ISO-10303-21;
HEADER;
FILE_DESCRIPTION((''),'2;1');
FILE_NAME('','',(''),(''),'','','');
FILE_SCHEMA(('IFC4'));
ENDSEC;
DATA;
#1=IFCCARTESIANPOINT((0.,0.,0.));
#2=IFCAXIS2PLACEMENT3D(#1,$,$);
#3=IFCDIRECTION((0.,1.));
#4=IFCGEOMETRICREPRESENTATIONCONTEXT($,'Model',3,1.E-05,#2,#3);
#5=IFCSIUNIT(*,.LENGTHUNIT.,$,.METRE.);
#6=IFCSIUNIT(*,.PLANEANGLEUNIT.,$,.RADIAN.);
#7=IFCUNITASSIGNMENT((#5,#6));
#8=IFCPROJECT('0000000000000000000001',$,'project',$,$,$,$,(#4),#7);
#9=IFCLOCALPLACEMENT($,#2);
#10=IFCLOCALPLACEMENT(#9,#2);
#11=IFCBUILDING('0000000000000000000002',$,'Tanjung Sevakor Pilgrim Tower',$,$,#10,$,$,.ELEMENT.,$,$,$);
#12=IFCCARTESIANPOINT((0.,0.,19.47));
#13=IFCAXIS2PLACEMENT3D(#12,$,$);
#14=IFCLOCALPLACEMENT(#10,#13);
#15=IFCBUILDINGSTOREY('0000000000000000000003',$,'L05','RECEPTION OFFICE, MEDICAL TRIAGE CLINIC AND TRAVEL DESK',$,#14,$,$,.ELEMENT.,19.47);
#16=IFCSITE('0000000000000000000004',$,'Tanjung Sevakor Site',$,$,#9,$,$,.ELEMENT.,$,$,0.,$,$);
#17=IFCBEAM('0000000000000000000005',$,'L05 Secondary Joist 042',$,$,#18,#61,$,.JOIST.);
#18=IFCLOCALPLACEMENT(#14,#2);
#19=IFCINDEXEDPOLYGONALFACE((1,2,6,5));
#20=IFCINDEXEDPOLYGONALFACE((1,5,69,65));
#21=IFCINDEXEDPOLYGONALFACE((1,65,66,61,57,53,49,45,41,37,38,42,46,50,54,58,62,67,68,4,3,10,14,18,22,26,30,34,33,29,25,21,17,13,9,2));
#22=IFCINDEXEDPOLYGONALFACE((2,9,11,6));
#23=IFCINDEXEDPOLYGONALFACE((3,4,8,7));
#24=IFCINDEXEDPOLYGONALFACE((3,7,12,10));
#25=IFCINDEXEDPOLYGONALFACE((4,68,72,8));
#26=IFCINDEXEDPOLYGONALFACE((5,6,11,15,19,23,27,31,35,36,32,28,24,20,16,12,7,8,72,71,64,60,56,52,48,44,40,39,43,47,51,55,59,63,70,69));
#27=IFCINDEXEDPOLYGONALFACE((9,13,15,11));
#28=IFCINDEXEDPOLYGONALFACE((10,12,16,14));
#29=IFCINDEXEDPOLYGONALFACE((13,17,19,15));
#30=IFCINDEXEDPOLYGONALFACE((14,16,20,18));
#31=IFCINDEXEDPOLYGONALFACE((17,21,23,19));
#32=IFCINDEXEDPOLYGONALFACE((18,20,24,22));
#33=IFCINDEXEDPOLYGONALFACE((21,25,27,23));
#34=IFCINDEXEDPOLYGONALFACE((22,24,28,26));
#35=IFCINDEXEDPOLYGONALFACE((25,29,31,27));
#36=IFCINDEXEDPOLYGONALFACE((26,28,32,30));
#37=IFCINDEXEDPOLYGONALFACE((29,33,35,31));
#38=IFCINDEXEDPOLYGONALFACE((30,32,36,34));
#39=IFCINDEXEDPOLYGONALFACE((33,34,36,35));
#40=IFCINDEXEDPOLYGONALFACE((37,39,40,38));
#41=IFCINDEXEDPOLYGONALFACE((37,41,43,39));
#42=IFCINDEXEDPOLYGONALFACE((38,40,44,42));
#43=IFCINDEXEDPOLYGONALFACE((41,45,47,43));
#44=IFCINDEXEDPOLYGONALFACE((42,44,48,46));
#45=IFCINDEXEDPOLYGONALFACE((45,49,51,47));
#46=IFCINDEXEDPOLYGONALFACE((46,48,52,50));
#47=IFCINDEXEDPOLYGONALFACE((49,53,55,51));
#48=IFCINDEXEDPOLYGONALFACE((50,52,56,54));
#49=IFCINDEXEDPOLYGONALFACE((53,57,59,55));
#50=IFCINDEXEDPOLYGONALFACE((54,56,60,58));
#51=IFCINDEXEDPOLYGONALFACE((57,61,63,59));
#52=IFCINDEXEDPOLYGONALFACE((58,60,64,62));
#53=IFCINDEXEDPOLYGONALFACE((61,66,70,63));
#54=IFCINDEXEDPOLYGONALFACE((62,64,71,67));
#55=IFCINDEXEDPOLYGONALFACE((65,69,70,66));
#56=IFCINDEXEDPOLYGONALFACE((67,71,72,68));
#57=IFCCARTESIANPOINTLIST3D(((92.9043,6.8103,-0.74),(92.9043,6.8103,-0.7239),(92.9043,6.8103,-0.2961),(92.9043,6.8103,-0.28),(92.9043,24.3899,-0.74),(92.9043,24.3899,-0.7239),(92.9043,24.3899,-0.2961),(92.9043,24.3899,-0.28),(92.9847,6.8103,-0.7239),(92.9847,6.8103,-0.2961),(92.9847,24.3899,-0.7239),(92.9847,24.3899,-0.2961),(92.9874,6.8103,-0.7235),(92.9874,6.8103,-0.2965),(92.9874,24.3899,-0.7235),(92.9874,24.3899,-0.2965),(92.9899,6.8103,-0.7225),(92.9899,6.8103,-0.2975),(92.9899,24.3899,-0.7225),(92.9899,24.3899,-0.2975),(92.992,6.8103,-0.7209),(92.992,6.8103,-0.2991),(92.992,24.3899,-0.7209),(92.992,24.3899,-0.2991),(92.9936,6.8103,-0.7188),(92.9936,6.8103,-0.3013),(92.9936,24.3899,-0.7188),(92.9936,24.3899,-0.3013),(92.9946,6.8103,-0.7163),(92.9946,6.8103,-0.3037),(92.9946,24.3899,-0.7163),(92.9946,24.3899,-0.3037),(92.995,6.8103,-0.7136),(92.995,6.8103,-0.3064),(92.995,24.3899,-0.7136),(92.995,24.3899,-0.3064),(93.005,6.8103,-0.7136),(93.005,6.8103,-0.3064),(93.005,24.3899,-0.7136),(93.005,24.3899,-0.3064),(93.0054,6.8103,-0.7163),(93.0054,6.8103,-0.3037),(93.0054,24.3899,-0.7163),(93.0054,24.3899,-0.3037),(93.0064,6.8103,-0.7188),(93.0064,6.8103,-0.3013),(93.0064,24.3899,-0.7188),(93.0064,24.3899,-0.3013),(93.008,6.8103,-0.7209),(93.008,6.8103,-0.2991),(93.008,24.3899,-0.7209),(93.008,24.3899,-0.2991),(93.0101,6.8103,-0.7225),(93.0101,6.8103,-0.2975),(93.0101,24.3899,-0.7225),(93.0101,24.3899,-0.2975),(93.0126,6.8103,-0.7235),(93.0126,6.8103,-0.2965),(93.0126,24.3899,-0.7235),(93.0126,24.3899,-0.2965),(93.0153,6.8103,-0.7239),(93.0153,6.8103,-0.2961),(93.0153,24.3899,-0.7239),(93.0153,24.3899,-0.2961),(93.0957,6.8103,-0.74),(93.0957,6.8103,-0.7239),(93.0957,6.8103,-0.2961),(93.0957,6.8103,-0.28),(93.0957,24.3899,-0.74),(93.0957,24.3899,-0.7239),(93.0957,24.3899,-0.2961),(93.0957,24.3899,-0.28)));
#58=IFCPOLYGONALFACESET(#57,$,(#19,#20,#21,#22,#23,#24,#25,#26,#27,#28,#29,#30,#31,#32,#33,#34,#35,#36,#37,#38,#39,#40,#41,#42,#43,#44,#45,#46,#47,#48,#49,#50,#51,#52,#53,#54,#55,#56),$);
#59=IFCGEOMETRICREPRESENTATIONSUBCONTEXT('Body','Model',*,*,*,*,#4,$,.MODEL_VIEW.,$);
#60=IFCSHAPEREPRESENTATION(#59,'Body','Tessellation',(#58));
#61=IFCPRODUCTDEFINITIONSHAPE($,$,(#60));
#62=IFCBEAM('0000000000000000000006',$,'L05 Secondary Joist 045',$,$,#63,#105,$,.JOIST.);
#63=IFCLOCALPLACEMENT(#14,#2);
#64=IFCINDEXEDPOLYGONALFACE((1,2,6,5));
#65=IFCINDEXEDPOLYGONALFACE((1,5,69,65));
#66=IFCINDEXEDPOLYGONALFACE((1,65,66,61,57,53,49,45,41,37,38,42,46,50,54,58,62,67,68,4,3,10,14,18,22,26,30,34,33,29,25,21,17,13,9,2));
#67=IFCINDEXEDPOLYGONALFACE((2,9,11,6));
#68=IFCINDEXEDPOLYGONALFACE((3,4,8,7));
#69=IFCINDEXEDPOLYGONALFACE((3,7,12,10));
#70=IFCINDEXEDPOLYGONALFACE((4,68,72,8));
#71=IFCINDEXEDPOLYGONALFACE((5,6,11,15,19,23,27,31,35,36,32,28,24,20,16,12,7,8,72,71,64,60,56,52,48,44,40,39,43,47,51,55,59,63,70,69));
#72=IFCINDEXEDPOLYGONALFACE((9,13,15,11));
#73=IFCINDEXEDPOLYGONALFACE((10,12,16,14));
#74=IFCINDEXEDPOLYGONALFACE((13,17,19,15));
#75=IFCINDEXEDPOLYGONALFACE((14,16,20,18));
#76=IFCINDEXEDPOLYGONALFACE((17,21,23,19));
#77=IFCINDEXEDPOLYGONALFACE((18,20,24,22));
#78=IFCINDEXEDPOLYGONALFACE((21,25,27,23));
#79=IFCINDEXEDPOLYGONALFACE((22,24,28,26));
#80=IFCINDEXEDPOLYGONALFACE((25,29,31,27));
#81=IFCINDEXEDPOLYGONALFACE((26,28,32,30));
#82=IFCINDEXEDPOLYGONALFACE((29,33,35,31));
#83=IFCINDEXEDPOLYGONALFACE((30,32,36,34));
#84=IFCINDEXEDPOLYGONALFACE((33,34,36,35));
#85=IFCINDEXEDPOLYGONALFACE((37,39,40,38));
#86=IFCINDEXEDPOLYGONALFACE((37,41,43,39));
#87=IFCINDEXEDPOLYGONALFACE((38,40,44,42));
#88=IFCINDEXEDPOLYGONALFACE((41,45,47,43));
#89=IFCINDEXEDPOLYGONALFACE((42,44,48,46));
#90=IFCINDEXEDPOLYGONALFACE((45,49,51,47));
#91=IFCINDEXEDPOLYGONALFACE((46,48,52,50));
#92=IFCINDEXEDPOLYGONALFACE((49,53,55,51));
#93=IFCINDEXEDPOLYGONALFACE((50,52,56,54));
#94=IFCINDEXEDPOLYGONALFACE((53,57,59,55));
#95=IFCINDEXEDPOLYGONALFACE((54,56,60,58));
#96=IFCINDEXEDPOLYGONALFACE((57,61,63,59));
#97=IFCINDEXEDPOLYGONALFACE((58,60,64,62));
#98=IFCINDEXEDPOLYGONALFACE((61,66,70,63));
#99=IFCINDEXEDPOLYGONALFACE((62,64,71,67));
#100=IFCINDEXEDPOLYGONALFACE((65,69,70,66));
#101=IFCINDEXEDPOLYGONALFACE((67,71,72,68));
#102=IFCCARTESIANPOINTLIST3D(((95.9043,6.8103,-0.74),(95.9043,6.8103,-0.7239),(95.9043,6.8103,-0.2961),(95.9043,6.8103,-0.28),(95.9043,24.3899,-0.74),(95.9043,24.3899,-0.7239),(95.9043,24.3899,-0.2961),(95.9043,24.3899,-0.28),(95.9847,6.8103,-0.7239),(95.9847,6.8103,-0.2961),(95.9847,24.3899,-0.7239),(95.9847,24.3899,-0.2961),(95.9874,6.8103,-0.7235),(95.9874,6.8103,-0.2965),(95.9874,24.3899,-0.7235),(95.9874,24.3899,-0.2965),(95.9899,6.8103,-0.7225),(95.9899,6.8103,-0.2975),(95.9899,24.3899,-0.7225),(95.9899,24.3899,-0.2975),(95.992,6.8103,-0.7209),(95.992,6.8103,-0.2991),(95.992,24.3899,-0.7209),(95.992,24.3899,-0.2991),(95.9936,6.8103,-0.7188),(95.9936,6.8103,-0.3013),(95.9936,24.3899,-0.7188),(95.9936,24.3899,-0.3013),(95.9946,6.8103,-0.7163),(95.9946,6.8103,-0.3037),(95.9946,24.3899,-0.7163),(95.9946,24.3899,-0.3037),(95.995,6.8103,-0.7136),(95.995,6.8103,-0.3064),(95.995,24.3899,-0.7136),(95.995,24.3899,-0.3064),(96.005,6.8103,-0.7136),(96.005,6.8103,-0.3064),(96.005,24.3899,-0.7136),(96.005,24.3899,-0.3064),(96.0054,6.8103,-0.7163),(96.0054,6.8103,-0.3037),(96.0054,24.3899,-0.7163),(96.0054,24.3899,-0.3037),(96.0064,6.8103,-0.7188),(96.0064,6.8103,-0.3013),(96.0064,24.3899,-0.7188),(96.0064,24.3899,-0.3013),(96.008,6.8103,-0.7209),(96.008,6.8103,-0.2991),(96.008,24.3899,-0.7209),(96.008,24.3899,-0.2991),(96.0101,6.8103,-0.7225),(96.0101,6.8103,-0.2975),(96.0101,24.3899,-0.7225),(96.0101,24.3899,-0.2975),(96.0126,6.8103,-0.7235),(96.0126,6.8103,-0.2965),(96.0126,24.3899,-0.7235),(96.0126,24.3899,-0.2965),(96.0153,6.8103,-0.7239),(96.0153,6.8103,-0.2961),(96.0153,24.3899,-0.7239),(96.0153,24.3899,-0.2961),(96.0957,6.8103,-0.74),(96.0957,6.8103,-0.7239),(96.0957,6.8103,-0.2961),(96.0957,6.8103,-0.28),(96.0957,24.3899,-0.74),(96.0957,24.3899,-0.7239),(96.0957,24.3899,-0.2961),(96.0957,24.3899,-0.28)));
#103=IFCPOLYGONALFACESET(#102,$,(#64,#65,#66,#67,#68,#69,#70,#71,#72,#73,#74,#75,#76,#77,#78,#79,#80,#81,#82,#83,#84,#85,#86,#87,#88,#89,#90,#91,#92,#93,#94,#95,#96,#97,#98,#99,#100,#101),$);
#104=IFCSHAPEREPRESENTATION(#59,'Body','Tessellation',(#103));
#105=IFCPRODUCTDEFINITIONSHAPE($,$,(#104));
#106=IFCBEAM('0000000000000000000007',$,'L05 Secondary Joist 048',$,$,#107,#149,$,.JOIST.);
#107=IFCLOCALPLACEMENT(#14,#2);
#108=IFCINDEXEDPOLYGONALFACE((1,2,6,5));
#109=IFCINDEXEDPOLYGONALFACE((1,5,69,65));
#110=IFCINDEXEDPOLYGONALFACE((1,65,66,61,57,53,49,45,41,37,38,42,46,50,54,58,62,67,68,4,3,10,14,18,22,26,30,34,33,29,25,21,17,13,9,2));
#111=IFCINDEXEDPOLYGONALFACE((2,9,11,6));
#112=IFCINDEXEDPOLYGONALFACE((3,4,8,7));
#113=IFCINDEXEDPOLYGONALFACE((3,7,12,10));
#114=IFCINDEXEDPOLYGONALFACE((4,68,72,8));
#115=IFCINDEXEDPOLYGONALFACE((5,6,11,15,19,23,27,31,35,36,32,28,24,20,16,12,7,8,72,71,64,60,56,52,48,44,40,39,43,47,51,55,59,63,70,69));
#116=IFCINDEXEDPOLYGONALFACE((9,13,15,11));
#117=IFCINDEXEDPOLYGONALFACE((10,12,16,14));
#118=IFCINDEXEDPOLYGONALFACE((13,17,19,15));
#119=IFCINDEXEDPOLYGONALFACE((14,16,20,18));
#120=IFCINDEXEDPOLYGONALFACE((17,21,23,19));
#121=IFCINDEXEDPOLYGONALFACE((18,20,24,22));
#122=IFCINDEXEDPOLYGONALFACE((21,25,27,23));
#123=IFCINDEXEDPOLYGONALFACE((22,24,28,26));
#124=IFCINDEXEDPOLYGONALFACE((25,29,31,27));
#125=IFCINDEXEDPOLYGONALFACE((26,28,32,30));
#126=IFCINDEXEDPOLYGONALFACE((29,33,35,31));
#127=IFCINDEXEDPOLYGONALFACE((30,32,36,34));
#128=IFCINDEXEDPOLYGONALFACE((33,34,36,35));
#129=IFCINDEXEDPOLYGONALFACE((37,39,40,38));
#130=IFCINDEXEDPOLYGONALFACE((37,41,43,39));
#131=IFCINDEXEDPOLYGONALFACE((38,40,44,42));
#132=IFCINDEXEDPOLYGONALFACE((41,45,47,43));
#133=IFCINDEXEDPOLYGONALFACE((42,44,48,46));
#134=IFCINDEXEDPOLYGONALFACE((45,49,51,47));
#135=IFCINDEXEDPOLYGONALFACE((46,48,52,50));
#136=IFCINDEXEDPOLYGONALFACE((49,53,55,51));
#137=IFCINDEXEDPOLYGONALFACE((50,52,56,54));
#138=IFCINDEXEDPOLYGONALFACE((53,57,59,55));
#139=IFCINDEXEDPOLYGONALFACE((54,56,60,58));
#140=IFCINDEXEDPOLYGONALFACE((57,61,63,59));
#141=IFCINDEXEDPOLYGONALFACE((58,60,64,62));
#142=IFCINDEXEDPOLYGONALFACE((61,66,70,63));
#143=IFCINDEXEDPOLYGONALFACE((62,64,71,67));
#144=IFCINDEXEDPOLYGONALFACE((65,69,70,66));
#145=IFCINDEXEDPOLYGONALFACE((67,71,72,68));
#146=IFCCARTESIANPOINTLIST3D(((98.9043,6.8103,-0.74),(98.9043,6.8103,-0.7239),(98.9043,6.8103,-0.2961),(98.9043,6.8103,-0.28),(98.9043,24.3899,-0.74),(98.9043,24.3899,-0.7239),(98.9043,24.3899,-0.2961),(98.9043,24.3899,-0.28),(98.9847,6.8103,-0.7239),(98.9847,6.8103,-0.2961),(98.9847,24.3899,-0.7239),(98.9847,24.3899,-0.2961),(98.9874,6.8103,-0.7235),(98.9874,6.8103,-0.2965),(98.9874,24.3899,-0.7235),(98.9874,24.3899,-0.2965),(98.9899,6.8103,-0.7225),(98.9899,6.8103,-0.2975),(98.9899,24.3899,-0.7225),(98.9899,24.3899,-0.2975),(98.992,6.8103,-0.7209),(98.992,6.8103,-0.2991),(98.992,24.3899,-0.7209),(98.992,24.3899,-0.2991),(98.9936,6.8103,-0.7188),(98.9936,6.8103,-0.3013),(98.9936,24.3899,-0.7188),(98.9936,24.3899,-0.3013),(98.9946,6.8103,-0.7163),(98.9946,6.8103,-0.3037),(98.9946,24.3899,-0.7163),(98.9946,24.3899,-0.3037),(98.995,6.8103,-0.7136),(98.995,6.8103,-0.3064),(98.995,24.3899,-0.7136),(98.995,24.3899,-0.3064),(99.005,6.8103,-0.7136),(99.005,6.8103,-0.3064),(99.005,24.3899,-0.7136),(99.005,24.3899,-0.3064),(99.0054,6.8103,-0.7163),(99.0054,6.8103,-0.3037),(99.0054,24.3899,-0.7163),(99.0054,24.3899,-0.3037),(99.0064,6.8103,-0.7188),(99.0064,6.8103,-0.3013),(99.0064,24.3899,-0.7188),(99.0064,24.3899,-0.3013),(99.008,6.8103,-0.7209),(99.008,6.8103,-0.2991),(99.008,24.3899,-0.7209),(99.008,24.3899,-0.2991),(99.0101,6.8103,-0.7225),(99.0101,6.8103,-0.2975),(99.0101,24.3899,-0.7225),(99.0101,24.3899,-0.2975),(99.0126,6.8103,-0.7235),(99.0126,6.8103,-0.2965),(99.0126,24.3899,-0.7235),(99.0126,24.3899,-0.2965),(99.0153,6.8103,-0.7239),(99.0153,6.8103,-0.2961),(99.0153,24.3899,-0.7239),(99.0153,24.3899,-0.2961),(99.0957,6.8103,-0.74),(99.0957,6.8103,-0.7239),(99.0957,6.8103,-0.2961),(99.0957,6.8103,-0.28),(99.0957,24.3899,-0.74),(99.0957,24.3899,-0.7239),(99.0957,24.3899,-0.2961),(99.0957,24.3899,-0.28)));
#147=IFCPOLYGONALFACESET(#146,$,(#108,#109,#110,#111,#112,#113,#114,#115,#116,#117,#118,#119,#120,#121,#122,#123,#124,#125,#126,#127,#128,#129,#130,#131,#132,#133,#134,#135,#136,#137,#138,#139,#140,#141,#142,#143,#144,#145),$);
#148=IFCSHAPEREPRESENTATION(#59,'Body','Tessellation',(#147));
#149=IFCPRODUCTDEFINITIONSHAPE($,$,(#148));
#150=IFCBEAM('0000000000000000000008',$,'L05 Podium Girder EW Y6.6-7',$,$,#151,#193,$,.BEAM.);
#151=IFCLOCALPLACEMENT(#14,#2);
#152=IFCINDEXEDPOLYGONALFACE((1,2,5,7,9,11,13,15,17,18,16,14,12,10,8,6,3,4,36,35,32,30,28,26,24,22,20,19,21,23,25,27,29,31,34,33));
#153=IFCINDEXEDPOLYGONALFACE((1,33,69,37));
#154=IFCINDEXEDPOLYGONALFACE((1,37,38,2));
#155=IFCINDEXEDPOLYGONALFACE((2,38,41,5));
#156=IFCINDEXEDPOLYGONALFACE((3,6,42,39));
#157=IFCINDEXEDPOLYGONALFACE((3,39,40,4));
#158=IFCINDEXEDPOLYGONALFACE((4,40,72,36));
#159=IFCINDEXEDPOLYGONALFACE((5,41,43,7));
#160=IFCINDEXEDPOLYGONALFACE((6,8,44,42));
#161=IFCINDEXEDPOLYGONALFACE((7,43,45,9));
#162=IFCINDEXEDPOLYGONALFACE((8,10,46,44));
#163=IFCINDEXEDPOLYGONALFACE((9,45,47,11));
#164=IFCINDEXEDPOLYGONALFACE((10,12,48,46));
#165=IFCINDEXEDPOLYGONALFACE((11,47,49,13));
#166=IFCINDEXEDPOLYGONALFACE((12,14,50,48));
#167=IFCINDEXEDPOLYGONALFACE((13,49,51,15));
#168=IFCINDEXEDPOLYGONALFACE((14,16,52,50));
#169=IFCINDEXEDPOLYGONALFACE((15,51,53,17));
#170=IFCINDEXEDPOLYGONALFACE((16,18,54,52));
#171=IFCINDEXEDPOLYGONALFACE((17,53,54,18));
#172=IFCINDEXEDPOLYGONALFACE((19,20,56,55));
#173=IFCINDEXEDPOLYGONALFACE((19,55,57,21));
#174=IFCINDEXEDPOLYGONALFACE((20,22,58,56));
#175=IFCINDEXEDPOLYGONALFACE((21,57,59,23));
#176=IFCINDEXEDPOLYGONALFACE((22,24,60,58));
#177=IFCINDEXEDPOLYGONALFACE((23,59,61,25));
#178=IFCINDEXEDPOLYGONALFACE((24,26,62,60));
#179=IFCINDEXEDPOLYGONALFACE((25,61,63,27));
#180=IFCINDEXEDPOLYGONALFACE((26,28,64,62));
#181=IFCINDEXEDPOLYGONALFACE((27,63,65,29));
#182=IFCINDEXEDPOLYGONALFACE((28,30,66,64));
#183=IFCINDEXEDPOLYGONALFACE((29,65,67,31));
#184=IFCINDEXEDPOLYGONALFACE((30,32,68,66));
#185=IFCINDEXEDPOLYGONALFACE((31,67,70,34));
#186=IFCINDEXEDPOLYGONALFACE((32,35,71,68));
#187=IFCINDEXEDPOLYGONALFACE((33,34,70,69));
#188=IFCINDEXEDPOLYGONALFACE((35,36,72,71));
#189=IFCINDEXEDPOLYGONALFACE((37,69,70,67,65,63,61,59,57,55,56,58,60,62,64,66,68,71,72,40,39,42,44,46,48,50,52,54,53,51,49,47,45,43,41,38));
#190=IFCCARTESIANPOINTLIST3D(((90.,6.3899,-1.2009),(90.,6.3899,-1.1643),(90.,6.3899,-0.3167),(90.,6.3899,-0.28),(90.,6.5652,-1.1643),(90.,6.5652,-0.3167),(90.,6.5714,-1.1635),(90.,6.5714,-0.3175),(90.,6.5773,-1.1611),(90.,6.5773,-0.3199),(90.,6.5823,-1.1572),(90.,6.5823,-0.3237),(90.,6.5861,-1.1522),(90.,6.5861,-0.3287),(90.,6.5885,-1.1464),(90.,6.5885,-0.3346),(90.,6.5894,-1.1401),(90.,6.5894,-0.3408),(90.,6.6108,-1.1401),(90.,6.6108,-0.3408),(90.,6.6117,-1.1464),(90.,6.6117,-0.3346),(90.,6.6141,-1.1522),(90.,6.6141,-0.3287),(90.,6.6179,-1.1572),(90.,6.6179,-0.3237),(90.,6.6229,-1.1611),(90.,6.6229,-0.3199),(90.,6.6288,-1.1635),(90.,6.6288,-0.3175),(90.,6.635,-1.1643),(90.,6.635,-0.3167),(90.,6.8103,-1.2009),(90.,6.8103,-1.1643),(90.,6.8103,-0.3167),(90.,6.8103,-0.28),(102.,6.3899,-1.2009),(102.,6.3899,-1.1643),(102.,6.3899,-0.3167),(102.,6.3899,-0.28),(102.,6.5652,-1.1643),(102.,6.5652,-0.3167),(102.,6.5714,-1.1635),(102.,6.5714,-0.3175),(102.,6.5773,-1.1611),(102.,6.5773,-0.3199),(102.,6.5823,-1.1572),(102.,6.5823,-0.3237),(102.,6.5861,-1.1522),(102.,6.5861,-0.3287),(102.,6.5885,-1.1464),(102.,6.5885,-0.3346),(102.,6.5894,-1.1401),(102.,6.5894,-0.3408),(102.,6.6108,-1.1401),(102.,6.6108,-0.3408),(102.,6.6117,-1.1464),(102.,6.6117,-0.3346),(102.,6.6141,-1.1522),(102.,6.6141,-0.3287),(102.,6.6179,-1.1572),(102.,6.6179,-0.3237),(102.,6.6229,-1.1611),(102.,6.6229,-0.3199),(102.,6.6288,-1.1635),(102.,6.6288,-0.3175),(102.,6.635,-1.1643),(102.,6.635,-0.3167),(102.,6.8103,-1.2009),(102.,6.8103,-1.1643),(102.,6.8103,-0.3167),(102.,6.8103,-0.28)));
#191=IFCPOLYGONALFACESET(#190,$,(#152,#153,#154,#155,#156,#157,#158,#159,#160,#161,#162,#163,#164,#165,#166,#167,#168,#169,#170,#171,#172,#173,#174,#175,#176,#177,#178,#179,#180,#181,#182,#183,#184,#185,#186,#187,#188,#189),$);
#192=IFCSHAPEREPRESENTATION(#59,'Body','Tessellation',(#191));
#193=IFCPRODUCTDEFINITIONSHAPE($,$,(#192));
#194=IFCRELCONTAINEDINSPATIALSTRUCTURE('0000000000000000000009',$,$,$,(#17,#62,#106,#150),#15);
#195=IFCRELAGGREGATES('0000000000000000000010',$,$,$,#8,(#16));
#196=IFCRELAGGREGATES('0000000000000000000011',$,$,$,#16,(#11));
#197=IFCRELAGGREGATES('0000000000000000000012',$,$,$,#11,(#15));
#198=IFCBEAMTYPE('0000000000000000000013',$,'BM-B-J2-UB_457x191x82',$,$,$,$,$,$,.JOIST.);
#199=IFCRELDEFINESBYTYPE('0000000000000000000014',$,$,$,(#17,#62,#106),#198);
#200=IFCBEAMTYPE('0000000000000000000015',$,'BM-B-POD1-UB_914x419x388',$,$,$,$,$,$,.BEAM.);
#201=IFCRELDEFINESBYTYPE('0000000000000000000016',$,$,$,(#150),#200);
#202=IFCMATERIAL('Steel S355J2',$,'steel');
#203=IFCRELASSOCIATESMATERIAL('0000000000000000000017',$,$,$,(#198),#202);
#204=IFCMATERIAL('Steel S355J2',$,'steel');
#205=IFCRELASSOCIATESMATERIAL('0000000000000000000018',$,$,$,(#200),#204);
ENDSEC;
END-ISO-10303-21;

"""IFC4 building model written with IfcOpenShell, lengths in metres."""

from ifc_helpers import new_model, si_unit, direction, frame, origin, origin_2d, place, context, subcontext, project, spatial, i_section, extrude, material, material_profile, profile_set, type_object, element, save


model = new_model("IFC4")

# Units and contexts
model_context = context("Model", 3, precision=1e-05, world=origin(), true_north=direction((0.0, 1.0)))
body_context = subcontext(model_context, "Body", "Model", "MODEL_VIEW")
ifc_project = project(units=[si_unit("LENGTHUNIT", "METRE"), si_unit("PLANEANGLEUNIT", "RADIAN")], contexts=[model_context])

# Site, building, storey
site_placement = place(None, origin())
site = spatial("IfcSite", under=ifc_project, at=site_placement, Name="Tanjung Sevakor Site", CompositionType="ELEMENT", RefElevation=0.0)
building_placement = place(site_placement, origin())
building = spatial("IfcBuilding", under=site, at=building_placement, Name="Tanjung Sevakor Pilgrim Tower", CompositionType="ELEMENT")
storey_placement = place(building_placement, frame((0.0, 0.0, 19.47)))
storey = spatial("IfcBuildingStorey", under=building, at=storey_placement, Name="L05", Description="RECEPTION OFFICE, MEDICAL TRIAGE CLINIC AND TRAVEL DESK", CompositionType="ELEMENT", Elevation=19.47)

# Beams
ifc_material_1 = material(Name="Steel S355J2", Category="steel")
ifc_material_profile_1 = material_profile(ifc_material_1, i_section(OverallWidth=0.1914, OverallDepth=0.46, WebThickness=0.01, FlangeThickness=0.0161, FilletRadius=0.0103, at=origin_2d()))
ifc_profile_set_1 = profile_set([ifc_material_profile_1], Name="Steel S355J2")
beam_type_1 = type_object("IfcBeamType", Name="BM-B-J2-UB_457x191x82", PredefinedType="JOIST", material=ifc_profile_set_1)
for number, where, z_axis, x_axis, name in (
    (1, (93.0, 6.8103, -0.51), (0.0, 1.0, 0.0), (-1.0, 0.0, 0.0), "L05 Secondary Joist 042"),
    (2, (96.0, 6.8103, -0.51), (0.0, 1.0, 0.0), (-1.0, 0.0, 0.0), "L05 Secondary Joist 045"),
    (3, (99.0, 6.8103, -0.51), (0.0, 1.0, 0.0), (-1.0, 0.0, 0.0), "L05 Secondary Joist 048"),
):
    element("IfcBeam", number, at=place(storey_placement, frame(where, z_axis=z_axis, x_axis=x_axis)), inside=storey, type_object=beam_type_1, Name=name, PredefinedType="JOIST", context=body_context, shape_type="SweptSolid", body=[
        extrude(i_section(OverallWidth=0.1914, OverallDepth=0.46, WebThickness=0.01, FlangeThickness=0.0161, FilletRadius=0.0103, at=origin_2d()), origin(), (0.0, 0.0, 1.0), 17.5796),
    ])
ifc_material_2 = material(Name="Steel S355J2", Category="steel")
ifc_material_profile_2 = material_profile(ifc_material_2, i_section(OverallWidth=0.4204, OverallDepth=0.9209, WebThickness=0.0215, FlangeThickness=0.0366, FilletRadius=0.0242, at=origin_2d()))
ifc_profile_set_2 = profile_set([ifc_material_profile_2], Name="Steel S355J2")
beam_type_2 = type_object("IfcBeamType", Name="BM-B-POD1-UB_914x419x388", PredefinedType="BEAM", material=ifc_profile_set_2)
beam_placement = place(storey_placement, frame((90.0, 6.6001, -0.7405), z_axis=(1.0, 0.0, 0.0), x_axis=(0.0, 1.0, 0.0)))
element("IfcBeam", 4, at=beam_placement, inside=storey, type_object=beam_type_2, Name="L05 Podium Girder EW Y6.6-7", PredefinedType="BEAM", context=body_context, shape_type="SweptSolid", body=[
    extrude(i_section(OverallWidth=0.4204, OverallDepth=0.9209, WebThickness=0.0215, FlangeThickness=0.0366, FilletRadius=0.0242, at=origin_2d()), origin(), (0.0, 0.0, 1.0), 12.0),
])

save(model, "model.ifc")
